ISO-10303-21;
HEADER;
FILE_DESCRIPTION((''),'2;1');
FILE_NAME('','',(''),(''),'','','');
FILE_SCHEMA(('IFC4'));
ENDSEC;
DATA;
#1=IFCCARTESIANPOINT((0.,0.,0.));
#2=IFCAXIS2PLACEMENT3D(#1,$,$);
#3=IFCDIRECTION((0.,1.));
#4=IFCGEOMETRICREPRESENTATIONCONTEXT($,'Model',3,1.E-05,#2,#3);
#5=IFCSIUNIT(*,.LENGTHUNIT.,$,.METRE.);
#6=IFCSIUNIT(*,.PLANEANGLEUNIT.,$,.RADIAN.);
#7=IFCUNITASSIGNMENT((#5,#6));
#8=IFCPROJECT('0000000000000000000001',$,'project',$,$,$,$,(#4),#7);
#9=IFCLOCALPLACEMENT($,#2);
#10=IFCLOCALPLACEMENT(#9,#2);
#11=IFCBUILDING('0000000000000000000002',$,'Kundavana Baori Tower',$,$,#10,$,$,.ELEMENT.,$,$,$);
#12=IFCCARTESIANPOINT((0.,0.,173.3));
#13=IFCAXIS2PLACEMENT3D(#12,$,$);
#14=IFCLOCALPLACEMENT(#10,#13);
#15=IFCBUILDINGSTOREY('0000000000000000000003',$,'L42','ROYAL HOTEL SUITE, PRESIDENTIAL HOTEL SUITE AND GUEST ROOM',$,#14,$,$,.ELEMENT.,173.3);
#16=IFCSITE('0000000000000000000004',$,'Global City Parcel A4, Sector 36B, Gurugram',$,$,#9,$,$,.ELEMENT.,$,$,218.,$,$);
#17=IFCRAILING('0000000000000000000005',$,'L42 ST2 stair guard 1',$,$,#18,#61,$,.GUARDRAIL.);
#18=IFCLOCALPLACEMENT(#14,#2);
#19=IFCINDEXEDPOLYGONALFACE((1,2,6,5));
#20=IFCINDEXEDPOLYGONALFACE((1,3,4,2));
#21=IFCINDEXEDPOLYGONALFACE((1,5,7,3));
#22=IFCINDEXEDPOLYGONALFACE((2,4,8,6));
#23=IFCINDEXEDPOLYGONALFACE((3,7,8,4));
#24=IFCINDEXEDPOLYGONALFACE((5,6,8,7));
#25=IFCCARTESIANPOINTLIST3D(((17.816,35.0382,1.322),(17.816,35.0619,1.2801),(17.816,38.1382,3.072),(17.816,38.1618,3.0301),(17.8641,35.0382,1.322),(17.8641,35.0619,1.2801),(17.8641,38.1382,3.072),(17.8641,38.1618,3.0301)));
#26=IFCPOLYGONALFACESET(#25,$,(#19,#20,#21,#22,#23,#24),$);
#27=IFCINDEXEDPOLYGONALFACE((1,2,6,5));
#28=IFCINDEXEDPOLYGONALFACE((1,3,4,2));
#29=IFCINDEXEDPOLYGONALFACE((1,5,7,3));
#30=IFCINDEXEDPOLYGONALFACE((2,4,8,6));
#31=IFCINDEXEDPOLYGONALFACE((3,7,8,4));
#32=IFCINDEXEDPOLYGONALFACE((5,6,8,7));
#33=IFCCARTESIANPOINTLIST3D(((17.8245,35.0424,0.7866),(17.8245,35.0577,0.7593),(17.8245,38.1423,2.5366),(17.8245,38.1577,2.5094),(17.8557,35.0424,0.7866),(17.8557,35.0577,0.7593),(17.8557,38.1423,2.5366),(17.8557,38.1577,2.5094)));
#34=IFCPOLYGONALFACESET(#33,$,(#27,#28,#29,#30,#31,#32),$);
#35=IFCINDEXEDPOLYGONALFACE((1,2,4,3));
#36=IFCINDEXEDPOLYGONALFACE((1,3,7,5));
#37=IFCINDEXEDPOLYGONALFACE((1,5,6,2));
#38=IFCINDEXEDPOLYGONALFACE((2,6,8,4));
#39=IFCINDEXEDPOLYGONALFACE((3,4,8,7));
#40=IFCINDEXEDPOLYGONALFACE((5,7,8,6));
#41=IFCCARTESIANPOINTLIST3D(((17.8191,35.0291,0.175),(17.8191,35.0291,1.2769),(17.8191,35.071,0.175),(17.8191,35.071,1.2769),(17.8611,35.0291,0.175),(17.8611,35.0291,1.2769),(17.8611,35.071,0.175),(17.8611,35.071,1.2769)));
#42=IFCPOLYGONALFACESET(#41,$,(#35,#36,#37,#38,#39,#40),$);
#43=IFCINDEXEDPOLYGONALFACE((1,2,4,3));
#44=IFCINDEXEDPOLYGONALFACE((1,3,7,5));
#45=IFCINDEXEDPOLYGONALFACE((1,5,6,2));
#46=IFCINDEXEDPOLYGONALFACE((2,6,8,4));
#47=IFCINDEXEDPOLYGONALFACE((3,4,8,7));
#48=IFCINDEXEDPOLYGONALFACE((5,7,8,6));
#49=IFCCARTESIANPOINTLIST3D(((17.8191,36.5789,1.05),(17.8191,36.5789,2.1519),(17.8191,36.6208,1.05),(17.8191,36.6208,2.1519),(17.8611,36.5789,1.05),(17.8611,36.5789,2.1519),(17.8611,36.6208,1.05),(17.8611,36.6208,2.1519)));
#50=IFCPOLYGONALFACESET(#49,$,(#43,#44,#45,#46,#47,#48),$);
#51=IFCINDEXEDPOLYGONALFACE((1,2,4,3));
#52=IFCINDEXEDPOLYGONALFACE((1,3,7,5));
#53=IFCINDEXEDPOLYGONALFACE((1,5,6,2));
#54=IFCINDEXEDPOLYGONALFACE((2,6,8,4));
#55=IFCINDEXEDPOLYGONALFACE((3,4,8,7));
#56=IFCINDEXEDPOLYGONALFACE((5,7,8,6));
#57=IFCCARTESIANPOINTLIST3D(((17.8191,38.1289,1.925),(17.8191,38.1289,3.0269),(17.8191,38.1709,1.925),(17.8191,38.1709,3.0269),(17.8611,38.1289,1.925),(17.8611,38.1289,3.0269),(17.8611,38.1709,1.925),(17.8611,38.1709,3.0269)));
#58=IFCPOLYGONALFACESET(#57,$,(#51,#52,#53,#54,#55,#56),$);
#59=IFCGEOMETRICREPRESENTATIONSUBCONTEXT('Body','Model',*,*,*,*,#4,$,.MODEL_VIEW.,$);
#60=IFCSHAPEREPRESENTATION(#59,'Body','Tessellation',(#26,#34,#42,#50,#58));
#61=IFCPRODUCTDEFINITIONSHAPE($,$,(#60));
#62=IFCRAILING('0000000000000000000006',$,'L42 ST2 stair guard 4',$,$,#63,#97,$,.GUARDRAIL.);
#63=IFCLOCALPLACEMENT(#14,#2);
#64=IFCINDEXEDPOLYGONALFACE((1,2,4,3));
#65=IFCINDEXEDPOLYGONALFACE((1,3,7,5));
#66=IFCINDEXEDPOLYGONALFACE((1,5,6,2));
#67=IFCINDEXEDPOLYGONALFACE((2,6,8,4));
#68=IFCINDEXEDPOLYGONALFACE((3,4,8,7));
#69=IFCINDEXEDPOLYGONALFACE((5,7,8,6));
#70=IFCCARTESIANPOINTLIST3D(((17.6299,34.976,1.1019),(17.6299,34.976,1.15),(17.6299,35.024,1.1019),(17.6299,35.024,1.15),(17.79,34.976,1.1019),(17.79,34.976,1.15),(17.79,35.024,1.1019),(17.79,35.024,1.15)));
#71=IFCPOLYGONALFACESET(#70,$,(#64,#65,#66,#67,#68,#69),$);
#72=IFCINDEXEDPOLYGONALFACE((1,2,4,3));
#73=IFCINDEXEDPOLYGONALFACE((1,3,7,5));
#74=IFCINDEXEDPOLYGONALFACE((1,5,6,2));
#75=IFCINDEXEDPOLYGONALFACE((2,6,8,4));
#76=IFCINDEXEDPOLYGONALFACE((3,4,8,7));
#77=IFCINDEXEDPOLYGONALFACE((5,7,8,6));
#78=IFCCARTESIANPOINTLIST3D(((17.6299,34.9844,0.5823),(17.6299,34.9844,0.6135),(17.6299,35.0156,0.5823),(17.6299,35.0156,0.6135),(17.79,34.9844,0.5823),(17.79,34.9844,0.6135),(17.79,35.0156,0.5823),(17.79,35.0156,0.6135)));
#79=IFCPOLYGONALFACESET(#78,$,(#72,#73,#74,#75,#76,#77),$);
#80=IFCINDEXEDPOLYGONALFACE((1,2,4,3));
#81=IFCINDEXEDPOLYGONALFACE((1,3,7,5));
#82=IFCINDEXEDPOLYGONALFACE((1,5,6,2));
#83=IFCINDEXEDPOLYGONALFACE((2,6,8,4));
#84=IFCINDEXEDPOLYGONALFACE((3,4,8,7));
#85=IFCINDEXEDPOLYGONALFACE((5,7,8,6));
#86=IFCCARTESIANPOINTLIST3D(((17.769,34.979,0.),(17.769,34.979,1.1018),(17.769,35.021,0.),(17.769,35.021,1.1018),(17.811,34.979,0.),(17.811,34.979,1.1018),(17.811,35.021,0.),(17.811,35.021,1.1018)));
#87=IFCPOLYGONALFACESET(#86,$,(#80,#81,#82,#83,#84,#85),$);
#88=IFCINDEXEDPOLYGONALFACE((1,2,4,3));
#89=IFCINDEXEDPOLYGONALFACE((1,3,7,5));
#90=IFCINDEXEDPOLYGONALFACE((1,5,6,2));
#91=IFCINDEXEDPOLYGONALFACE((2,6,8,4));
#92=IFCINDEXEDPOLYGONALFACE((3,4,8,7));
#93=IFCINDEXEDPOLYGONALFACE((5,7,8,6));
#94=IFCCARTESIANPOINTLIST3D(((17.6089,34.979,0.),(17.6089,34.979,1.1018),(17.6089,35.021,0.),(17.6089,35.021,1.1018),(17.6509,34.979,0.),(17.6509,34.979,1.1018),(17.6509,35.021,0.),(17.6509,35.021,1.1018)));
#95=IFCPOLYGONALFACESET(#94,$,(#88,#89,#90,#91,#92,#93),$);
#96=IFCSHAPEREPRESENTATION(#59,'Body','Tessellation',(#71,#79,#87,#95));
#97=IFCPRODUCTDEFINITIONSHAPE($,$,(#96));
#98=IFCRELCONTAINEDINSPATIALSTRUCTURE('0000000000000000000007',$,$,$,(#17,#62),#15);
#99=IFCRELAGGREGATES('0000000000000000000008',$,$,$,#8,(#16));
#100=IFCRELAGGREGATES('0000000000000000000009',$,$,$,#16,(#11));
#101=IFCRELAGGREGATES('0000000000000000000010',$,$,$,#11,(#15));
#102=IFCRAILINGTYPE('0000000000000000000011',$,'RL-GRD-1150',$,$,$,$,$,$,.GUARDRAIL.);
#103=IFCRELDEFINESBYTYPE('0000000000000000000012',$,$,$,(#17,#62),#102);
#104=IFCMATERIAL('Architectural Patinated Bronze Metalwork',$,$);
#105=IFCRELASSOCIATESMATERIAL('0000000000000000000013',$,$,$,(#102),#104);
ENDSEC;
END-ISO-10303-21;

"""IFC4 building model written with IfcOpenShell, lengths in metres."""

from ifc_helpers import new_model, si_unit, direction, frame, origin, origin_2d, place, context, subcontext, project, spatial, rectangle, extrude, material, type_object, element, save


model = new_model("IFC4")

# Units and contexts
model_context = context("Model", 3, precision=1e-05, world=origin(), true_north=direction((0.0, 1.0)))
body_context = subcontext(model_context, "Body", "Model", "MODEL_VIEW")
ifc_project = project(units=[si_unit("LENGTHUNIT", "METRE"), si_unit("PLANEANGLEUNIT", "RADIAN")], contexts=[model_context])

# Site, building, storey
site_placement = place(None, origin())
site = spatial("IfcSite", under=ifc_project, at=site_placement, Name="Global City Parcel A4, Sector 36B, Gurugram", CompositionType="ELEMENT", RefElevation=218.0)
building_placement = place(site_placement, origin())
building = spatial("IfcBuilding", under=site, at=building_placement, Name="Kundavana Baori Tower", CompositionType="ELEMENT")
storey_placement = place(building_placement, frame((0.0, 0.0, 173.3)))
storey = spatial("IfcBuildingStorey", under=building, at=storey_placement, Name="L42", Description="ROYAL HOTEL SUITE, PRESIDENTIAL HOTEL SUITE AND GUEST ROOM", CompositionType="ELEMENT", Elevation=173.3)

# Railings
ifc_material_1 = material(Name="Architectural Patinated Bronze Metalwork")
railing_type = type_object("IfcRailingType", Name="RL-GRD-1150", PredefinedType="GUARDRAIL", material=ifc_material_1)
railing_1_placement = place(storey_placement, frame((17.8401, 35.05, 0.175)))
element("IfcRailing", 1, at=railing_1_placement, inside=storey, type_object=railing_type, Name="L42 ST2 stair guard 1", PredefinedType="GUARDRAIL", context=body_context, shape_type="SweptSolid", body=[
    extrude(rectangle(XDim=0.0481, YDim=0.0481, at=origin_2d()), frame((0.0, 0.0, 1.126), z_axis=(0.0, 0.870814, 0.491612), x_axis=(-1.0, 0.0, 0.0)), (0.0, 0.0, 1.0), 3.5598),
    extrude(rectangle(XDim=0.0312, YDim=0.0312, at=origin_2d()), frame((0.0, 0.0, 0.5979), z_axis=(0.0, 0.870814, 0.491612), x_axis=(-1.0, 0.0, 0.0)), (0.0, 0.0, 1.0), 3.5598),
    extrude(rectangle(XDim=0.042, YDim=0.042, at=origin_2d()), origin(), (0.0, 0.0, 1.0), 1.1018),
    extrude(rectangle(XDim=0.042, YDim=0.042, at=origin_2d()), frame((0.0, 1.5498, 0.875)), (0.0, 0.0, 1.0), 1.1018),
    extrude(rectangle(XDim=0.042, YDim=0.042, at=origin_2d()), frame((0.0, 3.0999, 1.75)), (0.0, 0.0, 1.0), 1.1018),
])
railing_2_placement = place(storey_placement, frame((17.79, 35.0, 0.0)))
element("IfcRailing", 2, at=railing_2_placement, inside=storey, type_object=railing_type, Name="L42 ST2 stair guard 4", PredefinedType="GUARDRAIL", context=body_context, shape_type="SweptSolid", body=[
    extrude(rectangle(XDim=0.0481, YDim=0.0481, at=origin_2d()), frame((0.0, 0.0, 1.126), z_axis=(-1.0, 0.0, 0.0), x_axis=(0.0, -1.0, 0.0)), (0.0, 0.0, 1.0), 0.1602),
    extrude(rectangle(XDim=0.0312, YDim=0.0312, at=origin_2d()), frame((0.0, 0.0, 0.5979), z_axis=(-1.0, 0.0, 0.0), x_axis=(0.0, -1.0, 0.0)), (0.0, 0.0, 1.0), 0.1602),
    extrude(rectangle(XDim=0.042, YDim=0.042, at=origin_2d()), origin(), (0.0, 0.0, 1.0), 1.1018),
    extrude(rectangle(XDim=0.042, YDim=0.042, at=origin_2d()), frame((-0.1602, 0.0, 0.0)), (0.0, 0.0, 1.0), 1.1018),
])

save(model, "model.ifc")
